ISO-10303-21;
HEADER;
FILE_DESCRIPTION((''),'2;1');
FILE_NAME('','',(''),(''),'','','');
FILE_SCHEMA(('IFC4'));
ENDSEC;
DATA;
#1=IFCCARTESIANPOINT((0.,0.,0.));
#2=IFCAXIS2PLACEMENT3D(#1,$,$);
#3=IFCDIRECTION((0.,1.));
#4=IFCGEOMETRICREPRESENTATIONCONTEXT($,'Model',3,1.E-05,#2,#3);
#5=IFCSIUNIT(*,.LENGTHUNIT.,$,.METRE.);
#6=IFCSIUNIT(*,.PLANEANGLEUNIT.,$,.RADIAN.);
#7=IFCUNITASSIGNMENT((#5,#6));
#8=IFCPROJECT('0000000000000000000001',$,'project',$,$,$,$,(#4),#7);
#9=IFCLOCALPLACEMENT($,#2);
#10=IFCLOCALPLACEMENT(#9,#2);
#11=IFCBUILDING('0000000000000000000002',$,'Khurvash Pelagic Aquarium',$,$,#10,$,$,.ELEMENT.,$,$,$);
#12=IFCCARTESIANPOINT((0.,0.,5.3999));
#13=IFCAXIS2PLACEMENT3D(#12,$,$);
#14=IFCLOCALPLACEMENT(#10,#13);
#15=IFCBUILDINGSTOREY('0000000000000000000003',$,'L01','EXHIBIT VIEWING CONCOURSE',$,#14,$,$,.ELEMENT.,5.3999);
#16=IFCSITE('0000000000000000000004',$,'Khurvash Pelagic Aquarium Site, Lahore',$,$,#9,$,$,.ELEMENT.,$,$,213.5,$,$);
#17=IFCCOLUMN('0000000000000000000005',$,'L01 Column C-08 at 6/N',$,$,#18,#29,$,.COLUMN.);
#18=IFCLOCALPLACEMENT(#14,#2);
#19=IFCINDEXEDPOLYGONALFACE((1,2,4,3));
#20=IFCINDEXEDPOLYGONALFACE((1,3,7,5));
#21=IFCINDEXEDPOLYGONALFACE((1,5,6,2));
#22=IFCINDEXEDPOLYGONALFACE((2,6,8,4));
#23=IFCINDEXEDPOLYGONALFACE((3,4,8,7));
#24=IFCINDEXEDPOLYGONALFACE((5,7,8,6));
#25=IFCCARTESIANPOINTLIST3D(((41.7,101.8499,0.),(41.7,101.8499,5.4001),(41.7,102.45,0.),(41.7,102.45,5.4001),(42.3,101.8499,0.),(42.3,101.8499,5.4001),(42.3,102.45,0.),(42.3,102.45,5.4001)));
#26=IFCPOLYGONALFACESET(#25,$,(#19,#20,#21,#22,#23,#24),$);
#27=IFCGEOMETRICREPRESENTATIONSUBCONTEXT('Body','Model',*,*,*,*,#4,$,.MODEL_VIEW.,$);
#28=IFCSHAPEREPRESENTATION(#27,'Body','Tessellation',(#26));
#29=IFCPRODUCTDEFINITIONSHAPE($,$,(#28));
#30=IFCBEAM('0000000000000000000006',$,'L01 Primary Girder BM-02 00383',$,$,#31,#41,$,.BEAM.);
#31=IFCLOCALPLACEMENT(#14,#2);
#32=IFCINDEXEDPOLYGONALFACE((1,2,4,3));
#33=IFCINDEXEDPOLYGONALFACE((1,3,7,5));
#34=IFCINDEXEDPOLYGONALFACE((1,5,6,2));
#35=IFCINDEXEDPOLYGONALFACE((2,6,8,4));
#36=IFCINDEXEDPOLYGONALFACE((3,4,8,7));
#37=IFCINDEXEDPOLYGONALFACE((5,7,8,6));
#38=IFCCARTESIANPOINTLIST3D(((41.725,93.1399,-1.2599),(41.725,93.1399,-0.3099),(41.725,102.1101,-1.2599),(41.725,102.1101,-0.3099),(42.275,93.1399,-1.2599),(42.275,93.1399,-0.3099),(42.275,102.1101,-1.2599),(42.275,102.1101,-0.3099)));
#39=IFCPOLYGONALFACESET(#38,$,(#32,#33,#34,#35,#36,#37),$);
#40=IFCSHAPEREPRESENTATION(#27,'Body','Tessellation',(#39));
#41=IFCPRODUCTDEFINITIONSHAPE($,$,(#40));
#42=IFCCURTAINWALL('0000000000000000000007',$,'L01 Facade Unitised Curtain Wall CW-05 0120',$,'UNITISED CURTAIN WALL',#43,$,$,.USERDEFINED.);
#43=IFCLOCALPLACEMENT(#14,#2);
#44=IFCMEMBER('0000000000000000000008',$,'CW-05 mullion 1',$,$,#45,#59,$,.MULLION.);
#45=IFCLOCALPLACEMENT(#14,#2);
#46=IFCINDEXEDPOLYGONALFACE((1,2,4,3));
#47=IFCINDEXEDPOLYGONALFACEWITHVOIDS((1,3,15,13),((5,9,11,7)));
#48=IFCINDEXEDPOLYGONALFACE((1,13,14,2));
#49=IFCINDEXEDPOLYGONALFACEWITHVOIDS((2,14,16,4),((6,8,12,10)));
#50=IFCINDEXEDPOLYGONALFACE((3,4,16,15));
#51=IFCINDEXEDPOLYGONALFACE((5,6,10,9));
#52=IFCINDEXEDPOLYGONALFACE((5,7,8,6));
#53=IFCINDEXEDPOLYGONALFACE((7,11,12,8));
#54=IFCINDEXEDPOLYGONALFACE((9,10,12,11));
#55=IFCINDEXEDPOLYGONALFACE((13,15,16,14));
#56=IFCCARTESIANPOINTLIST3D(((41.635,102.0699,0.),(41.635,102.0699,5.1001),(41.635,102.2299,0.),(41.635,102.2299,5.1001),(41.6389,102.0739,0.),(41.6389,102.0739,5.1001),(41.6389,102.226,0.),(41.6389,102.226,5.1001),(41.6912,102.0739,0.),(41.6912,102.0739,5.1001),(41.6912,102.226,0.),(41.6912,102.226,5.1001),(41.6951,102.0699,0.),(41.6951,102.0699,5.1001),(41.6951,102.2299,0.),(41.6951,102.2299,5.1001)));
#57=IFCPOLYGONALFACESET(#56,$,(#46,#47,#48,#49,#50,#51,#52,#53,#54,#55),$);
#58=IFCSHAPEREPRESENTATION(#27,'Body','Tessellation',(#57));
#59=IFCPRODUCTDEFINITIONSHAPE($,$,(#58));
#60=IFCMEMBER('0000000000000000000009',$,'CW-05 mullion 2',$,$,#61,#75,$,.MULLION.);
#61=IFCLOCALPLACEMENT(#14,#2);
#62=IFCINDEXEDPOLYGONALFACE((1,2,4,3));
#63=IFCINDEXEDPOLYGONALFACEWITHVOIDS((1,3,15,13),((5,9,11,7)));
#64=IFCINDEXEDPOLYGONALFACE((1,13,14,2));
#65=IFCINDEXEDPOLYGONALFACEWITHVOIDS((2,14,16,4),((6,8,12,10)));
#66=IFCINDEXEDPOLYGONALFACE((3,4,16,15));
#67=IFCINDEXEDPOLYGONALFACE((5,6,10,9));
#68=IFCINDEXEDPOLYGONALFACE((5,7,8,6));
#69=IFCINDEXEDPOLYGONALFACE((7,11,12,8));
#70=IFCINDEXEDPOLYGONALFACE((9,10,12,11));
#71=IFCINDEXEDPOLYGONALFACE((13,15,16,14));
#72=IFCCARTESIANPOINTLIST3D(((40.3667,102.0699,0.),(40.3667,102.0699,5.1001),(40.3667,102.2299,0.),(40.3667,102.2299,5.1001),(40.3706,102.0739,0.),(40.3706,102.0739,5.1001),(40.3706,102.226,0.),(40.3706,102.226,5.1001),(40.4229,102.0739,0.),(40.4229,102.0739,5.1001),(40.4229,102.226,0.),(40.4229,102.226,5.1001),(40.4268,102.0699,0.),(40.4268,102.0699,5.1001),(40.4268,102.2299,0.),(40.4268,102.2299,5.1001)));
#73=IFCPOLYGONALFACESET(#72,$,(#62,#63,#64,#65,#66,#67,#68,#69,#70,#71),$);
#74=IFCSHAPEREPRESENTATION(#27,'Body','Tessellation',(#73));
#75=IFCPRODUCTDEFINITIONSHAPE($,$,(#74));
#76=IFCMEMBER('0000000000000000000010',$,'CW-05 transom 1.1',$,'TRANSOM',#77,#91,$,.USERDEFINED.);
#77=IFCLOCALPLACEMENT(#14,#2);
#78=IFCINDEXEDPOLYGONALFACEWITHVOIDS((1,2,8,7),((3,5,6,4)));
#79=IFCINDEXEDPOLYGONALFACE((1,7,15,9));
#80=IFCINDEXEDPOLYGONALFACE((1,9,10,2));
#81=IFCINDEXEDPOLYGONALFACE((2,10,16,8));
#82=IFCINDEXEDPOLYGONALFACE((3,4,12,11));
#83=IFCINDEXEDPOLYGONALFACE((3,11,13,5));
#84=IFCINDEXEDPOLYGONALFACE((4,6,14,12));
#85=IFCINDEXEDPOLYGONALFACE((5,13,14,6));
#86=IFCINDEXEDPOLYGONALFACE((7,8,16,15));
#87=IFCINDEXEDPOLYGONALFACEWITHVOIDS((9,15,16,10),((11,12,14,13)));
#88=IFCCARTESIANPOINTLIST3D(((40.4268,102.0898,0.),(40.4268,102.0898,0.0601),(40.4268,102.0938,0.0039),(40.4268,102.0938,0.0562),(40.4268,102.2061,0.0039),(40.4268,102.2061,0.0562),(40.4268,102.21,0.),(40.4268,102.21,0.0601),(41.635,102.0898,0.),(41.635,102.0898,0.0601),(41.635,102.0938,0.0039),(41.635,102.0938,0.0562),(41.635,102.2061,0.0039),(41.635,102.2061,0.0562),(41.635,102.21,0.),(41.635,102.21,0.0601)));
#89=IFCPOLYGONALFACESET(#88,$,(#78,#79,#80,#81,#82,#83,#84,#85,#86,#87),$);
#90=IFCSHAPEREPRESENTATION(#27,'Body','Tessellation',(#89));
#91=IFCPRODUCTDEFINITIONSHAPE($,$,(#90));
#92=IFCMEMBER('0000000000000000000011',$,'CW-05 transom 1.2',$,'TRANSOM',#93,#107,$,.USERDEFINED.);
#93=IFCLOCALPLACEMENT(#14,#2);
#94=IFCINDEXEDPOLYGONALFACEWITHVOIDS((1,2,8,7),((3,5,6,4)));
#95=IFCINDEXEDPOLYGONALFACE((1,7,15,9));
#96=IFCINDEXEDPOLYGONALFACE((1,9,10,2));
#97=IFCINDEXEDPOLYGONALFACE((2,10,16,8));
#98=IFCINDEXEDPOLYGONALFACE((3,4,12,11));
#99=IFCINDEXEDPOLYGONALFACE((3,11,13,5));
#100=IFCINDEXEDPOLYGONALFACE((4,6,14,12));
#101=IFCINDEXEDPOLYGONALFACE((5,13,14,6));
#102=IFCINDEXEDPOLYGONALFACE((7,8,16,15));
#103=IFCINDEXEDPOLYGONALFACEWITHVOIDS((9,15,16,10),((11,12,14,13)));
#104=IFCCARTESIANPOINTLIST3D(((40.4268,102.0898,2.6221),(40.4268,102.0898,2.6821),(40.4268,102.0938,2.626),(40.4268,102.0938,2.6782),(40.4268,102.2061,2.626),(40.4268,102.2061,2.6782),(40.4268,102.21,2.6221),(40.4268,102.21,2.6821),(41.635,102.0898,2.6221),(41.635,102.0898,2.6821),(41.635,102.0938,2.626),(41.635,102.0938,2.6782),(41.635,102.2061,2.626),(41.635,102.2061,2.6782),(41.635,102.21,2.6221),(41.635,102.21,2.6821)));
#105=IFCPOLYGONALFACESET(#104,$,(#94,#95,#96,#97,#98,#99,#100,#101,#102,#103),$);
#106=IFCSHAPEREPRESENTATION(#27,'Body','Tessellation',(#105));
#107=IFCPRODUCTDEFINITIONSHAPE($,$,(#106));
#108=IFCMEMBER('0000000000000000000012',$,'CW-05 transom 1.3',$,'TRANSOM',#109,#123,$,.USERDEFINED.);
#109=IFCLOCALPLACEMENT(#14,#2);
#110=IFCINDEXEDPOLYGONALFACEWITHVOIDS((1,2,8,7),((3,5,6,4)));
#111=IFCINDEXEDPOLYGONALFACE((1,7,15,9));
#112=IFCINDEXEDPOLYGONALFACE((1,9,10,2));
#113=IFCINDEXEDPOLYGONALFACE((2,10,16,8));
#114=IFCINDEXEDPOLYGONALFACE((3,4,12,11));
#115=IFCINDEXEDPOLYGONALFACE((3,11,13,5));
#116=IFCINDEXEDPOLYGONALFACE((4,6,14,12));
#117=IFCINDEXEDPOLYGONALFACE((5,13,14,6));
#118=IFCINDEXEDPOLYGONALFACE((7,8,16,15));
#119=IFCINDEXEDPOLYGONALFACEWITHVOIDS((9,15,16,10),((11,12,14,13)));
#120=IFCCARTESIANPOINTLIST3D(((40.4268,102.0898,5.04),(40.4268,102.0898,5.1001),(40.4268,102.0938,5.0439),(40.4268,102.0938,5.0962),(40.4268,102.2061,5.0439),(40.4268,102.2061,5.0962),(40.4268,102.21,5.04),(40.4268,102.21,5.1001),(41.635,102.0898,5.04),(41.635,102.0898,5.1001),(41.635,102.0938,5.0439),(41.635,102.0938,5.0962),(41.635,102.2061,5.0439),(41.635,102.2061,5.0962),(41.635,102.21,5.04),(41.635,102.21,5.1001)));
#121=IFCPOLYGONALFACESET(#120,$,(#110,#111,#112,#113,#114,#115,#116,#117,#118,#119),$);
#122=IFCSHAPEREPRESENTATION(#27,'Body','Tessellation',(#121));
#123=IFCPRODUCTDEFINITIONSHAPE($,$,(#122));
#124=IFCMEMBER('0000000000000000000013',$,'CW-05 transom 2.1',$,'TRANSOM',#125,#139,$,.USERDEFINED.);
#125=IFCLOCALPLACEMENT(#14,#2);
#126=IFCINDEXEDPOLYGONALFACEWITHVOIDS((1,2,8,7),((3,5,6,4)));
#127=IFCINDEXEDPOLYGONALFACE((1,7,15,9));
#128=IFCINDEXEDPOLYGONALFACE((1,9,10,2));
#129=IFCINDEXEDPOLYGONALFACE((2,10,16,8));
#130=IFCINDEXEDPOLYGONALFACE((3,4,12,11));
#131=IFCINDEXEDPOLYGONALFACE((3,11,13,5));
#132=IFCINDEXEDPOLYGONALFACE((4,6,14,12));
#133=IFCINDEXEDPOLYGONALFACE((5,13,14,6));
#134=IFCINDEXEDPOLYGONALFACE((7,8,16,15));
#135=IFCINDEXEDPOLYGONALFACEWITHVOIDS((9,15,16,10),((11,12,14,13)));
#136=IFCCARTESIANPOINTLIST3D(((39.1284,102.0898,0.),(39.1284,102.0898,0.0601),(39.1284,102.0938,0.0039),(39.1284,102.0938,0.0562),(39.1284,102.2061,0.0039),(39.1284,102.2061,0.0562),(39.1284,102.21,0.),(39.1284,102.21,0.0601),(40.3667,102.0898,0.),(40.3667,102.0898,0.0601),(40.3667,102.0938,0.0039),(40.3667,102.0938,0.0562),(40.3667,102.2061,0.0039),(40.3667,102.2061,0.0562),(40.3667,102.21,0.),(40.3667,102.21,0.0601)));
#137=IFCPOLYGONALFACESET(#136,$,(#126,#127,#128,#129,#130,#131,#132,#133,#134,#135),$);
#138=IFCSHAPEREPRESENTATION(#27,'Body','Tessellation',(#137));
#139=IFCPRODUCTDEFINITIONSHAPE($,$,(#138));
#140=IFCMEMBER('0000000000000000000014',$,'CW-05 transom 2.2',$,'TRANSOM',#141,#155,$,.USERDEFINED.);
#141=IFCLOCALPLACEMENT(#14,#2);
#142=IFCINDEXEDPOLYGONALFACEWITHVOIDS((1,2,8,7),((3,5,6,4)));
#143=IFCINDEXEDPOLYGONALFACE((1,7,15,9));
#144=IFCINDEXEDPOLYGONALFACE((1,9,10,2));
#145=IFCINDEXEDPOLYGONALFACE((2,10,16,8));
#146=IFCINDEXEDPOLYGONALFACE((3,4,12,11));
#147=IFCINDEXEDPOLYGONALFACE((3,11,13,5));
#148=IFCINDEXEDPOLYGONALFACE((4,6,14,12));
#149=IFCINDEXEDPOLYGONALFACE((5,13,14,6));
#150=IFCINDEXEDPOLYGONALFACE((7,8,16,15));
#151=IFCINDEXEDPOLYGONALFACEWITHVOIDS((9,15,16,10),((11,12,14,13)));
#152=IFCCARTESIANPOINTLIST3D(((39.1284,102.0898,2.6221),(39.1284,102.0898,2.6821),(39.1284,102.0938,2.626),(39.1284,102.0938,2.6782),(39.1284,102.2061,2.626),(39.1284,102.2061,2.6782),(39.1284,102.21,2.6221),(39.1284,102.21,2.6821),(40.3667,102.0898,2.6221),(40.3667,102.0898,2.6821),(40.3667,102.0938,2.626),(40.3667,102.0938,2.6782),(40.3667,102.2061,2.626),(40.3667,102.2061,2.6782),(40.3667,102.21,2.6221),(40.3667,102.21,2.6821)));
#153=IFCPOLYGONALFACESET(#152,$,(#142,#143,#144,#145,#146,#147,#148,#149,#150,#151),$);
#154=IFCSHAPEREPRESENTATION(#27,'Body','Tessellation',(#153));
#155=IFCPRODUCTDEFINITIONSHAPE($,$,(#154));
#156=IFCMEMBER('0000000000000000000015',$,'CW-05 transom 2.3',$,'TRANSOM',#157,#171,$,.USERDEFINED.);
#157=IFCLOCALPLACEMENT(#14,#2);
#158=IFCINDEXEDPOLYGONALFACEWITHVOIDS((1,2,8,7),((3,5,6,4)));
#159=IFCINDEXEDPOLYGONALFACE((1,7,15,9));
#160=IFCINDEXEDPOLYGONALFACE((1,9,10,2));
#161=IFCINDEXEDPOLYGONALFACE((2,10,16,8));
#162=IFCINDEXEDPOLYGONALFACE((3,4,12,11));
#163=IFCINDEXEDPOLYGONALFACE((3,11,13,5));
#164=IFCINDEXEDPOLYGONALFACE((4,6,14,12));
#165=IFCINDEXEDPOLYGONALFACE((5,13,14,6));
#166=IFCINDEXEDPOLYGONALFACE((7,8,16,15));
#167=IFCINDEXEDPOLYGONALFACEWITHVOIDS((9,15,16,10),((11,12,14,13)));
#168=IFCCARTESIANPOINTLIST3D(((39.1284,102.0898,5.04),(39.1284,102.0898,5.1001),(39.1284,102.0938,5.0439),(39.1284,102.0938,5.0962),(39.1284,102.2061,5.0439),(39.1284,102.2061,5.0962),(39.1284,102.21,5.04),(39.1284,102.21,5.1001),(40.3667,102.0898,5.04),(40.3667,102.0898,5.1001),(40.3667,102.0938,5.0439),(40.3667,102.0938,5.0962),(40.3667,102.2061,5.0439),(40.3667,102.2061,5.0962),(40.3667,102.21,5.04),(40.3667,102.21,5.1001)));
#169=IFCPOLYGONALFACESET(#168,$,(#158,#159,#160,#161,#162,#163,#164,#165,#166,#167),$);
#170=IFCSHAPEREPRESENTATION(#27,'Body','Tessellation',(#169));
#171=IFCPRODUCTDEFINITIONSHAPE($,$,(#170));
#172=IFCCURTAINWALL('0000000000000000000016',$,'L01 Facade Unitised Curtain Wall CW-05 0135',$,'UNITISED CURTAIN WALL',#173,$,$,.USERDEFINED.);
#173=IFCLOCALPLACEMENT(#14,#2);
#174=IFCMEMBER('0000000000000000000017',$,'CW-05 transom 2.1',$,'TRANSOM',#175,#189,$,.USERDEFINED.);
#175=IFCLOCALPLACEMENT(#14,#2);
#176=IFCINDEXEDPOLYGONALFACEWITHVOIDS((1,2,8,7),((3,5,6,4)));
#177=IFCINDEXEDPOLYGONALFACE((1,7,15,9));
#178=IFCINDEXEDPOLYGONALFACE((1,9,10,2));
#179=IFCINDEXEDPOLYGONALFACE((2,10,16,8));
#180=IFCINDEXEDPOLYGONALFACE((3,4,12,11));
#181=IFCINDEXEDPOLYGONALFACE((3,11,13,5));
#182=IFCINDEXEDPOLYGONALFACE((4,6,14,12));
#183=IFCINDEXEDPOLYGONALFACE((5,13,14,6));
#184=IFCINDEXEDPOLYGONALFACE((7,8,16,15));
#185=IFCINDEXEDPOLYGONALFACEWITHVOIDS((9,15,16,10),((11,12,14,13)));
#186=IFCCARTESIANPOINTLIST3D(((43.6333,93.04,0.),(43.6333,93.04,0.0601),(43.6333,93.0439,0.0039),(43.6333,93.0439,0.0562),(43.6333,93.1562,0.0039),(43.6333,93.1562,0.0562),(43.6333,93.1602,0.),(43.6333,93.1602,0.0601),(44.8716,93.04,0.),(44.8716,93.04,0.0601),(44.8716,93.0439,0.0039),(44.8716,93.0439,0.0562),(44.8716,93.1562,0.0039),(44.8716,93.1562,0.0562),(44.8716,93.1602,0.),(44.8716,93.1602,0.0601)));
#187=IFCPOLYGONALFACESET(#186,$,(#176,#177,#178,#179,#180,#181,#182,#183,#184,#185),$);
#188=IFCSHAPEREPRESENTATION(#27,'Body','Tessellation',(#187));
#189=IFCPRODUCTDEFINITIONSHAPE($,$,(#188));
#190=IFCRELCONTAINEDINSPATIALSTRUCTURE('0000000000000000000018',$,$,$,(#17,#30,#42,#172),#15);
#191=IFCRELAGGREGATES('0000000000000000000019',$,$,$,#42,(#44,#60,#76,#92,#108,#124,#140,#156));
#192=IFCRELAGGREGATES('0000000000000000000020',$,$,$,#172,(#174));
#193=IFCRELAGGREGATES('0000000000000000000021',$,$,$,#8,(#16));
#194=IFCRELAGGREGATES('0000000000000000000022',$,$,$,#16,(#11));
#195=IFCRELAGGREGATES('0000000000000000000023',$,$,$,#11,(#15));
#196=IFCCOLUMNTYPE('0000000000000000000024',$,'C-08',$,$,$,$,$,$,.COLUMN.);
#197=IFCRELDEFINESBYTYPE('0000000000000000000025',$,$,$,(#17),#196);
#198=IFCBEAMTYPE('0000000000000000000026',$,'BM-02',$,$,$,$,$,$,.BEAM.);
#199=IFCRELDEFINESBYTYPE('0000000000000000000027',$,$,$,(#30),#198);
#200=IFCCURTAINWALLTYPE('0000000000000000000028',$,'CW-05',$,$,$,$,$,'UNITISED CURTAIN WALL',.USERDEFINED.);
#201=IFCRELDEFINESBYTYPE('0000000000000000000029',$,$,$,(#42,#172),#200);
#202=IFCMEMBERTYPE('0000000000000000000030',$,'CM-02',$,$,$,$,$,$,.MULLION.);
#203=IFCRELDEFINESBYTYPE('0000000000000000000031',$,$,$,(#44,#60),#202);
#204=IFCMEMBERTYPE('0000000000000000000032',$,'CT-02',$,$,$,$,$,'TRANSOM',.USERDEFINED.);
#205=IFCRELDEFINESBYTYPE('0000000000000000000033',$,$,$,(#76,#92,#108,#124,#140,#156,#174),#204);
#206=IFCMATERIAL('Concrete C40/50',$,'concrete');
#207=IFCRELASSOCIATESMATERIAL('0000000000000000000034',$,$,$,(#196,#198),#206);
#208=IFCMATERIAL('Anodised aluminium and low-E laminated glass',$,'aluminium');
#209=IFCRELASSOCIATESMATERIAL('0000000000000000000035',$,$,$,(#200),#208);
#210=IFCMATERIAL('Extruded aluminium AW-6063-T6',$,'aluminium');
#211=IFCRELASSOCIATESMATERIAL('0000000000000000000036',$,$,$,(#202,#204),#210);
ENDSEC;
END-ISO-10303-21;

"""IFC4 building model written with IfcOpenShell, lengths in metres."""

from ifc_helpers import new_model, si_unit, direction, frame, origin, origin_2d, place, context, subcontext, project, spatial, rectangle, hollow_rectangle, extrude, material, material_profile, profile_set, type_object, element, aggregate, save


model = new_model("IFC4")

# Units and contexts
model_context = context("Model", 3, precision=1e-05, world=origin(), true_north=direction((0.0, 1.0)))
body_context = subcontext(model_context, "Body", "Model", "MODEL_VIEW")
ifc_project = project(units=[si_unit("LENGTHUNIT", "METRE"), si_unit("PLANEANGLEUNIT", "RADIAN")], contexts=[model_context])

# Site, building, storey
site_placement = place(None, origin())
site = spatial("IfcSite", under=ifc_project, at=site_placement, Name="Khurvash Pelagic Aquarium Site, Lahore", CompositionType="ELEMENT", RefElevation=213.5)
building_placement = place(site_placement, origin())
building = spatial("IfcBuilding", under=site, at=building_placement, Name="Khurvash Pelagic Aquarium", CompositionType="ELEMENT")
storey_placement = place(building_placement, frame((0.0, 0.0, 5.3999)))
storey = spatial("IfcBuildingStorey", under=building, at=storey_placement, Name="L01", Description="EXHIBIT VIEWING CONCOURSE", CompositionType="ELEMENT", Elevation=5.3999)

# Column
ifc_material_1 = material(Name="Concrete C40/50", Category="concrete")
ifc_material_profile_1 = material_profile(ifc_material_1, rectangle(XDim=0.6001, YDim=0.6001, at=origin_2d()), Name="RC600X600")
ifc_profile_set_1 = profile_set([ifc_material_profile_1], Name="Concrete C40/50")
column_type = type_object("IfcColumnType", Name="C-08", PredefinedType="COLUMN", material=ifc_profile_set_1)
column_placement = place(storey_placement, frame((42.0, 102.1499, 0.0), z_axis=(0.0, 0.0, 1.0), x_axis=(1.0, 0.0, 0.0)))
element("IfcColumn", 1, at=column_placement, inside=storey, type_object=column_type, Name="L01 Column C-08 at 6/N", PredefinedType="COLUMN", context=body_context, shape_type="SweptSolid", body=[
    extrude(rectangle(XDim=0.6001, YDim=0.6001, at=origin_2d()), origin(), (0.0, 0.0, 1.0), 5.4001),
])

# Beam
ifc_material_profile_2 = material_profile(ifc_material_1, rectangle(XDim=0.55, YDim=0.95, at=origin_2d()), Name="RC550X950")
ifc_profile_set_2 = profile_set([ifc_material_profile_2], Name="Concrete C40/50")
beam_type_1 = type_object("IfcBeamType", Name="BM-02", PredefinedType="BEAM", material=ifc_profile_set_2)
beam_1_placement = place(storey_placement, frame((42.0, 93.1399, -0.7849), z_axis=(0.0, 1.0, 0.0), x_axis=(-1.0, 0.0, 0.0)))
element("IfcBeam", 2, at=beam_1_placement, inside=storey, type_object=beam_type_1, Name="L01 Primary Girder BM-02 00383", PredefinedType="BEAM", context=body_context, shape_type="SweptSolid", body=[
    extrude(rectangle(XDim=0.55, YDim=0.95, at=origin_2d()), origin(), (0.0, 0.0, 1.0), 8.9702),
])

# Curtain walls, members
ifc_material_2 = material(Name="Anodised aluminium and low-E laminated glass", Category="aluminium")
curtain_wall_type = type_object("IfcCurtainWallType", Name="CW-05", ElementType="UNITISED CURTAIN WALL", PredefinedType="USERDEFINED", material=ifc_material_2)
curtain_wall_1_placement = place(storey_placement, origin())
curtain_wall_1 = element("IfcCurtainWall", 3, at=curtain_wall_1_placement, inside=storey, type_object=curtain_wall_type, Name="L01 Facade Unitised Curtain Wall CW-05 0120", ObjectType="UNITISED CURTAIN WALL", PredefinedType="USERDEFINED")
ifc_material_3 = material(Name="Extruded aluminium AW-6063-T6", Category="aluminium")
ifc_material_profile_3 = material_profile(ifc_material_3, hollow_rectangle(XDim=0.0601, YDim=0.1599, WallThickness=0.0039, at=origin_2d()), Name="CWM60X160X4")
ifc_profile_set_3 = profile_set([ifc_material_profile_3], Name="Extruded aluminium AW-6063-T6")
member_type_1 = type_object("IfcMemberType", Name="CM-02", PredefinedType="MULLION", material=ifc_profile_set_3)
member_1_placement = place(storey_placement, frame((41.665, 102.1499, 0.0), z_axis=(0.0, 0.0, 1.0), x_axis=(-1.0, 0.0, 0.0)))
member_1 = element("IfcMember", 4, at=member_1_placement, type_object=member_type_1, Name="CW-05 mullion 1", PredefinedType="MULLION", context=body_context, shape_type="SweptSolid", body=[
    extrude(hollow_rectangle(XDim=0.0601, YDim=0.1599, WallThickness=0.0039, at=origin_2d()), origin(), (0.0, 0.0, 1.0), 5.1001),
])
member_2_placement = place(storey_placement, frame((40.3967, 102.1499, 0.0), z_axis=(0.0, 0.0, 1.0), x_axis=(-1.0, 0.0, 0.0)))
member_2 = element("IfcMember", 5, at=member_2_placement, type_object=member_type_1, Name="CW-05 mullion 2", PredefinedType="MULLION", context=body_context, shape_type="SweptSolid", body=[
    extrude(hollow_rectangle(XDim=0.0601, YDim=0.1599, WallThickness=0.0039, at=origin_2d()), origin(), (0.0, 0.0, 1.0), 5.1001),
])
ifc_material_profile_4 = material_profile(ifc_material_3, hollow_rectangle(XDim=0.1201, YDim=0.0601, WallThickness=0.0039, at=origin_2d()), Name="CWT120X60X4")
ifc_profile_set_4 = profile_set([ifc_material_profile_4], Name="Extruded aluminium AW-6063-T6")
member_type_2 = type_object("IfcMemberType", Name="CT-02", ElementType="TRANSOM", PredefinedType="USERDEFINED", material=ifc_profile_set_4)
member_3_placement = place(storey_placement, frame((41.635, 102.1499, 0.03), z_axis=(-1.0, 0.0, 0.0), x_axis=(0.0, -1.0, 0.0)))
member_3 = element("IfcMember", 6, at=member_3_placement, type_object=member_type_2, Name="CW-05 transom 1.1", ObjectType="TRANSOM", PredefinedType="USERDEFINED", context=body_context, shape_type="SweptSolid", body=[
    extrude(hollow_rectangle(XDim=0.1201, YDim=0.0601, WallThickness=0.0039, at=origin_2d()), origin(), (0.0, 0.0, 1.0), 1.2083),
])
member_4_placement = place(storey_placement, frame((41.635, 102.1499, 2.6521), z_axis=(-1.0, 0.0, 0.0), x_axis=(0.0, -1.0, 0.0)))
member_4 = element("IfcMember", 7, at=member_4_placement, type_object=member_type_2, Name="CW-05 transom 1.2", ObjectType="TRANSOM", PredefinedType="USERDEFINED", context=body_context, shape_type="SweptSolid", body=[
    extrude(hollow_rectangle(XDim=0.1201, YDim=0.0601, WallThickness=0.0039, at=origin_2d()), origin(), (0.0, 0.0, 1.0), 1.2083),
])
member_5_placement = place(storey_placement, frame((41.635, 102.1499, 5.0701), z_axis=(-1.0, 0.0, 0.0), x_axis=(0.0, -1.0, 0.0)))
member_5 = element("IfcMember", 8, at=member_5_placement, type_object=member_type_2, Name="CW-05 transom 1.3", ObjectType="TRANSOM", PredefinedType="USERDEFINED", context=body_context, shape_type="SweptSolid", body=[
    extrude(hollow_rectangle(XDim=0.1201, YDim=0.0601, WallThickness=0.0039, at=origin_2d()), origin(), (0.0, 0.0, 1.0), 1.2083),
])
member_6_placement = place(storey_placement, frame((40.3667, 102.1499, 0.03), z_axis=(-1.0, 0.0, 0.0), x_axis=(0.0, -1.0, 0.0)))
member_6 = element("IfcMember", 9, at=member_6_placement, type_object=member_type_2, Name="CW-05 transom 2.1", ObjectType="TRANSOM", PredefinedType="USERDEFINED", context=body_context, shape_type="SweptSolid", body=[
    extrude(hollow_rectangle(XDim=0.1201, YDim=0.0601, WallThickness=0.0039, at=origin_2d()), origin(), (0.0, 0.0, 1.0), 1.2383),
])
member_7_placement = place(storey_placement, frame((40.3667, 102.1499, 2.6521), z_axis=(-1.0, 0.0, 0.0), x_axis=(0.0, -1.0, 0.0)))
member_7 = element("IfcMember", 10, at=member_7_placement, type_object=member_type_2, Name="CW-05 transom 2.2", ObjectType="TRANSOM", PredefinedType="USERDEFINED", context=body_context, shape_type="SweptSolid", body=[
    extrude(hollow_rectangle(XDim=0.1201, YDim=0.0601, WallThickness=0.0039, at=origin_2d()), origin(), (0.0, 0.0, 1.0), 1.2383),
])
member_8_placement = place(storey_placement, frame((40.3667, 102.1499, 5.0701), z_axis=(-1.0, 0.0, 0.0), x_axis=(0.0, -1.0, 0.0)))
member_8 = element("IfcMember", 11, at=member_8_placement, type_object=member_type_2, Name="CW-05 transom 2.3", ObjectType="TRANSOM", PredefinedType="USERDEFINED", context=body_context, shape_type="SweptSolid", body=[
    extrude(hollow_rectangle(XDim=0.1201, YDim=0.0601, WallThickness=0.0039, at=origin_2d()), origin(), (0.0, 0.0, 1.0), 1.2383),
])
curtain_wall_2_placement = place(storey_placement, origin())
curtain_wall_2 = element("IfcCurtainWall", 12, at=curtain_wall_2_placement, inside=storey, type_object=curtain_wall_type, Name="L01 Facade Unitised Curtain Wall CW-05 0135", ObjectType="UNITISED CURTAIN WALL", PredefinedType="USERDEFINED")
member_9_placement = place(storey_placement, frame((43.6333, 93.1001, 0.03), z_axis=(1.0, 0.0, 0.0), x_axis=(0.0, 1.0, 0.0)))
member_9 = element("IfcMember", 13, at=member_9_placement, type_object=member_type_2, Name="CW-05 transom 2.1", ObjectType="TRANSOM", PredefinedType="USERDEFINED", context=body_context, shape_type="SweptSolid", body=[
    extrude(hollow_rectangle(XDim=0.1201, YDim=0.0601, WallThickness=0.0039, at=origin_2d()), origin(), (0.0, 0.0, 1.0), 1.2383),
])

aggregate(curtain_wall_1, [member_1, member_2, member_3, member_4, member_5, member_6, member_7, member_8])
aggregate(curtain_wall_2, [member_9])

save(model, "model.ifc")
